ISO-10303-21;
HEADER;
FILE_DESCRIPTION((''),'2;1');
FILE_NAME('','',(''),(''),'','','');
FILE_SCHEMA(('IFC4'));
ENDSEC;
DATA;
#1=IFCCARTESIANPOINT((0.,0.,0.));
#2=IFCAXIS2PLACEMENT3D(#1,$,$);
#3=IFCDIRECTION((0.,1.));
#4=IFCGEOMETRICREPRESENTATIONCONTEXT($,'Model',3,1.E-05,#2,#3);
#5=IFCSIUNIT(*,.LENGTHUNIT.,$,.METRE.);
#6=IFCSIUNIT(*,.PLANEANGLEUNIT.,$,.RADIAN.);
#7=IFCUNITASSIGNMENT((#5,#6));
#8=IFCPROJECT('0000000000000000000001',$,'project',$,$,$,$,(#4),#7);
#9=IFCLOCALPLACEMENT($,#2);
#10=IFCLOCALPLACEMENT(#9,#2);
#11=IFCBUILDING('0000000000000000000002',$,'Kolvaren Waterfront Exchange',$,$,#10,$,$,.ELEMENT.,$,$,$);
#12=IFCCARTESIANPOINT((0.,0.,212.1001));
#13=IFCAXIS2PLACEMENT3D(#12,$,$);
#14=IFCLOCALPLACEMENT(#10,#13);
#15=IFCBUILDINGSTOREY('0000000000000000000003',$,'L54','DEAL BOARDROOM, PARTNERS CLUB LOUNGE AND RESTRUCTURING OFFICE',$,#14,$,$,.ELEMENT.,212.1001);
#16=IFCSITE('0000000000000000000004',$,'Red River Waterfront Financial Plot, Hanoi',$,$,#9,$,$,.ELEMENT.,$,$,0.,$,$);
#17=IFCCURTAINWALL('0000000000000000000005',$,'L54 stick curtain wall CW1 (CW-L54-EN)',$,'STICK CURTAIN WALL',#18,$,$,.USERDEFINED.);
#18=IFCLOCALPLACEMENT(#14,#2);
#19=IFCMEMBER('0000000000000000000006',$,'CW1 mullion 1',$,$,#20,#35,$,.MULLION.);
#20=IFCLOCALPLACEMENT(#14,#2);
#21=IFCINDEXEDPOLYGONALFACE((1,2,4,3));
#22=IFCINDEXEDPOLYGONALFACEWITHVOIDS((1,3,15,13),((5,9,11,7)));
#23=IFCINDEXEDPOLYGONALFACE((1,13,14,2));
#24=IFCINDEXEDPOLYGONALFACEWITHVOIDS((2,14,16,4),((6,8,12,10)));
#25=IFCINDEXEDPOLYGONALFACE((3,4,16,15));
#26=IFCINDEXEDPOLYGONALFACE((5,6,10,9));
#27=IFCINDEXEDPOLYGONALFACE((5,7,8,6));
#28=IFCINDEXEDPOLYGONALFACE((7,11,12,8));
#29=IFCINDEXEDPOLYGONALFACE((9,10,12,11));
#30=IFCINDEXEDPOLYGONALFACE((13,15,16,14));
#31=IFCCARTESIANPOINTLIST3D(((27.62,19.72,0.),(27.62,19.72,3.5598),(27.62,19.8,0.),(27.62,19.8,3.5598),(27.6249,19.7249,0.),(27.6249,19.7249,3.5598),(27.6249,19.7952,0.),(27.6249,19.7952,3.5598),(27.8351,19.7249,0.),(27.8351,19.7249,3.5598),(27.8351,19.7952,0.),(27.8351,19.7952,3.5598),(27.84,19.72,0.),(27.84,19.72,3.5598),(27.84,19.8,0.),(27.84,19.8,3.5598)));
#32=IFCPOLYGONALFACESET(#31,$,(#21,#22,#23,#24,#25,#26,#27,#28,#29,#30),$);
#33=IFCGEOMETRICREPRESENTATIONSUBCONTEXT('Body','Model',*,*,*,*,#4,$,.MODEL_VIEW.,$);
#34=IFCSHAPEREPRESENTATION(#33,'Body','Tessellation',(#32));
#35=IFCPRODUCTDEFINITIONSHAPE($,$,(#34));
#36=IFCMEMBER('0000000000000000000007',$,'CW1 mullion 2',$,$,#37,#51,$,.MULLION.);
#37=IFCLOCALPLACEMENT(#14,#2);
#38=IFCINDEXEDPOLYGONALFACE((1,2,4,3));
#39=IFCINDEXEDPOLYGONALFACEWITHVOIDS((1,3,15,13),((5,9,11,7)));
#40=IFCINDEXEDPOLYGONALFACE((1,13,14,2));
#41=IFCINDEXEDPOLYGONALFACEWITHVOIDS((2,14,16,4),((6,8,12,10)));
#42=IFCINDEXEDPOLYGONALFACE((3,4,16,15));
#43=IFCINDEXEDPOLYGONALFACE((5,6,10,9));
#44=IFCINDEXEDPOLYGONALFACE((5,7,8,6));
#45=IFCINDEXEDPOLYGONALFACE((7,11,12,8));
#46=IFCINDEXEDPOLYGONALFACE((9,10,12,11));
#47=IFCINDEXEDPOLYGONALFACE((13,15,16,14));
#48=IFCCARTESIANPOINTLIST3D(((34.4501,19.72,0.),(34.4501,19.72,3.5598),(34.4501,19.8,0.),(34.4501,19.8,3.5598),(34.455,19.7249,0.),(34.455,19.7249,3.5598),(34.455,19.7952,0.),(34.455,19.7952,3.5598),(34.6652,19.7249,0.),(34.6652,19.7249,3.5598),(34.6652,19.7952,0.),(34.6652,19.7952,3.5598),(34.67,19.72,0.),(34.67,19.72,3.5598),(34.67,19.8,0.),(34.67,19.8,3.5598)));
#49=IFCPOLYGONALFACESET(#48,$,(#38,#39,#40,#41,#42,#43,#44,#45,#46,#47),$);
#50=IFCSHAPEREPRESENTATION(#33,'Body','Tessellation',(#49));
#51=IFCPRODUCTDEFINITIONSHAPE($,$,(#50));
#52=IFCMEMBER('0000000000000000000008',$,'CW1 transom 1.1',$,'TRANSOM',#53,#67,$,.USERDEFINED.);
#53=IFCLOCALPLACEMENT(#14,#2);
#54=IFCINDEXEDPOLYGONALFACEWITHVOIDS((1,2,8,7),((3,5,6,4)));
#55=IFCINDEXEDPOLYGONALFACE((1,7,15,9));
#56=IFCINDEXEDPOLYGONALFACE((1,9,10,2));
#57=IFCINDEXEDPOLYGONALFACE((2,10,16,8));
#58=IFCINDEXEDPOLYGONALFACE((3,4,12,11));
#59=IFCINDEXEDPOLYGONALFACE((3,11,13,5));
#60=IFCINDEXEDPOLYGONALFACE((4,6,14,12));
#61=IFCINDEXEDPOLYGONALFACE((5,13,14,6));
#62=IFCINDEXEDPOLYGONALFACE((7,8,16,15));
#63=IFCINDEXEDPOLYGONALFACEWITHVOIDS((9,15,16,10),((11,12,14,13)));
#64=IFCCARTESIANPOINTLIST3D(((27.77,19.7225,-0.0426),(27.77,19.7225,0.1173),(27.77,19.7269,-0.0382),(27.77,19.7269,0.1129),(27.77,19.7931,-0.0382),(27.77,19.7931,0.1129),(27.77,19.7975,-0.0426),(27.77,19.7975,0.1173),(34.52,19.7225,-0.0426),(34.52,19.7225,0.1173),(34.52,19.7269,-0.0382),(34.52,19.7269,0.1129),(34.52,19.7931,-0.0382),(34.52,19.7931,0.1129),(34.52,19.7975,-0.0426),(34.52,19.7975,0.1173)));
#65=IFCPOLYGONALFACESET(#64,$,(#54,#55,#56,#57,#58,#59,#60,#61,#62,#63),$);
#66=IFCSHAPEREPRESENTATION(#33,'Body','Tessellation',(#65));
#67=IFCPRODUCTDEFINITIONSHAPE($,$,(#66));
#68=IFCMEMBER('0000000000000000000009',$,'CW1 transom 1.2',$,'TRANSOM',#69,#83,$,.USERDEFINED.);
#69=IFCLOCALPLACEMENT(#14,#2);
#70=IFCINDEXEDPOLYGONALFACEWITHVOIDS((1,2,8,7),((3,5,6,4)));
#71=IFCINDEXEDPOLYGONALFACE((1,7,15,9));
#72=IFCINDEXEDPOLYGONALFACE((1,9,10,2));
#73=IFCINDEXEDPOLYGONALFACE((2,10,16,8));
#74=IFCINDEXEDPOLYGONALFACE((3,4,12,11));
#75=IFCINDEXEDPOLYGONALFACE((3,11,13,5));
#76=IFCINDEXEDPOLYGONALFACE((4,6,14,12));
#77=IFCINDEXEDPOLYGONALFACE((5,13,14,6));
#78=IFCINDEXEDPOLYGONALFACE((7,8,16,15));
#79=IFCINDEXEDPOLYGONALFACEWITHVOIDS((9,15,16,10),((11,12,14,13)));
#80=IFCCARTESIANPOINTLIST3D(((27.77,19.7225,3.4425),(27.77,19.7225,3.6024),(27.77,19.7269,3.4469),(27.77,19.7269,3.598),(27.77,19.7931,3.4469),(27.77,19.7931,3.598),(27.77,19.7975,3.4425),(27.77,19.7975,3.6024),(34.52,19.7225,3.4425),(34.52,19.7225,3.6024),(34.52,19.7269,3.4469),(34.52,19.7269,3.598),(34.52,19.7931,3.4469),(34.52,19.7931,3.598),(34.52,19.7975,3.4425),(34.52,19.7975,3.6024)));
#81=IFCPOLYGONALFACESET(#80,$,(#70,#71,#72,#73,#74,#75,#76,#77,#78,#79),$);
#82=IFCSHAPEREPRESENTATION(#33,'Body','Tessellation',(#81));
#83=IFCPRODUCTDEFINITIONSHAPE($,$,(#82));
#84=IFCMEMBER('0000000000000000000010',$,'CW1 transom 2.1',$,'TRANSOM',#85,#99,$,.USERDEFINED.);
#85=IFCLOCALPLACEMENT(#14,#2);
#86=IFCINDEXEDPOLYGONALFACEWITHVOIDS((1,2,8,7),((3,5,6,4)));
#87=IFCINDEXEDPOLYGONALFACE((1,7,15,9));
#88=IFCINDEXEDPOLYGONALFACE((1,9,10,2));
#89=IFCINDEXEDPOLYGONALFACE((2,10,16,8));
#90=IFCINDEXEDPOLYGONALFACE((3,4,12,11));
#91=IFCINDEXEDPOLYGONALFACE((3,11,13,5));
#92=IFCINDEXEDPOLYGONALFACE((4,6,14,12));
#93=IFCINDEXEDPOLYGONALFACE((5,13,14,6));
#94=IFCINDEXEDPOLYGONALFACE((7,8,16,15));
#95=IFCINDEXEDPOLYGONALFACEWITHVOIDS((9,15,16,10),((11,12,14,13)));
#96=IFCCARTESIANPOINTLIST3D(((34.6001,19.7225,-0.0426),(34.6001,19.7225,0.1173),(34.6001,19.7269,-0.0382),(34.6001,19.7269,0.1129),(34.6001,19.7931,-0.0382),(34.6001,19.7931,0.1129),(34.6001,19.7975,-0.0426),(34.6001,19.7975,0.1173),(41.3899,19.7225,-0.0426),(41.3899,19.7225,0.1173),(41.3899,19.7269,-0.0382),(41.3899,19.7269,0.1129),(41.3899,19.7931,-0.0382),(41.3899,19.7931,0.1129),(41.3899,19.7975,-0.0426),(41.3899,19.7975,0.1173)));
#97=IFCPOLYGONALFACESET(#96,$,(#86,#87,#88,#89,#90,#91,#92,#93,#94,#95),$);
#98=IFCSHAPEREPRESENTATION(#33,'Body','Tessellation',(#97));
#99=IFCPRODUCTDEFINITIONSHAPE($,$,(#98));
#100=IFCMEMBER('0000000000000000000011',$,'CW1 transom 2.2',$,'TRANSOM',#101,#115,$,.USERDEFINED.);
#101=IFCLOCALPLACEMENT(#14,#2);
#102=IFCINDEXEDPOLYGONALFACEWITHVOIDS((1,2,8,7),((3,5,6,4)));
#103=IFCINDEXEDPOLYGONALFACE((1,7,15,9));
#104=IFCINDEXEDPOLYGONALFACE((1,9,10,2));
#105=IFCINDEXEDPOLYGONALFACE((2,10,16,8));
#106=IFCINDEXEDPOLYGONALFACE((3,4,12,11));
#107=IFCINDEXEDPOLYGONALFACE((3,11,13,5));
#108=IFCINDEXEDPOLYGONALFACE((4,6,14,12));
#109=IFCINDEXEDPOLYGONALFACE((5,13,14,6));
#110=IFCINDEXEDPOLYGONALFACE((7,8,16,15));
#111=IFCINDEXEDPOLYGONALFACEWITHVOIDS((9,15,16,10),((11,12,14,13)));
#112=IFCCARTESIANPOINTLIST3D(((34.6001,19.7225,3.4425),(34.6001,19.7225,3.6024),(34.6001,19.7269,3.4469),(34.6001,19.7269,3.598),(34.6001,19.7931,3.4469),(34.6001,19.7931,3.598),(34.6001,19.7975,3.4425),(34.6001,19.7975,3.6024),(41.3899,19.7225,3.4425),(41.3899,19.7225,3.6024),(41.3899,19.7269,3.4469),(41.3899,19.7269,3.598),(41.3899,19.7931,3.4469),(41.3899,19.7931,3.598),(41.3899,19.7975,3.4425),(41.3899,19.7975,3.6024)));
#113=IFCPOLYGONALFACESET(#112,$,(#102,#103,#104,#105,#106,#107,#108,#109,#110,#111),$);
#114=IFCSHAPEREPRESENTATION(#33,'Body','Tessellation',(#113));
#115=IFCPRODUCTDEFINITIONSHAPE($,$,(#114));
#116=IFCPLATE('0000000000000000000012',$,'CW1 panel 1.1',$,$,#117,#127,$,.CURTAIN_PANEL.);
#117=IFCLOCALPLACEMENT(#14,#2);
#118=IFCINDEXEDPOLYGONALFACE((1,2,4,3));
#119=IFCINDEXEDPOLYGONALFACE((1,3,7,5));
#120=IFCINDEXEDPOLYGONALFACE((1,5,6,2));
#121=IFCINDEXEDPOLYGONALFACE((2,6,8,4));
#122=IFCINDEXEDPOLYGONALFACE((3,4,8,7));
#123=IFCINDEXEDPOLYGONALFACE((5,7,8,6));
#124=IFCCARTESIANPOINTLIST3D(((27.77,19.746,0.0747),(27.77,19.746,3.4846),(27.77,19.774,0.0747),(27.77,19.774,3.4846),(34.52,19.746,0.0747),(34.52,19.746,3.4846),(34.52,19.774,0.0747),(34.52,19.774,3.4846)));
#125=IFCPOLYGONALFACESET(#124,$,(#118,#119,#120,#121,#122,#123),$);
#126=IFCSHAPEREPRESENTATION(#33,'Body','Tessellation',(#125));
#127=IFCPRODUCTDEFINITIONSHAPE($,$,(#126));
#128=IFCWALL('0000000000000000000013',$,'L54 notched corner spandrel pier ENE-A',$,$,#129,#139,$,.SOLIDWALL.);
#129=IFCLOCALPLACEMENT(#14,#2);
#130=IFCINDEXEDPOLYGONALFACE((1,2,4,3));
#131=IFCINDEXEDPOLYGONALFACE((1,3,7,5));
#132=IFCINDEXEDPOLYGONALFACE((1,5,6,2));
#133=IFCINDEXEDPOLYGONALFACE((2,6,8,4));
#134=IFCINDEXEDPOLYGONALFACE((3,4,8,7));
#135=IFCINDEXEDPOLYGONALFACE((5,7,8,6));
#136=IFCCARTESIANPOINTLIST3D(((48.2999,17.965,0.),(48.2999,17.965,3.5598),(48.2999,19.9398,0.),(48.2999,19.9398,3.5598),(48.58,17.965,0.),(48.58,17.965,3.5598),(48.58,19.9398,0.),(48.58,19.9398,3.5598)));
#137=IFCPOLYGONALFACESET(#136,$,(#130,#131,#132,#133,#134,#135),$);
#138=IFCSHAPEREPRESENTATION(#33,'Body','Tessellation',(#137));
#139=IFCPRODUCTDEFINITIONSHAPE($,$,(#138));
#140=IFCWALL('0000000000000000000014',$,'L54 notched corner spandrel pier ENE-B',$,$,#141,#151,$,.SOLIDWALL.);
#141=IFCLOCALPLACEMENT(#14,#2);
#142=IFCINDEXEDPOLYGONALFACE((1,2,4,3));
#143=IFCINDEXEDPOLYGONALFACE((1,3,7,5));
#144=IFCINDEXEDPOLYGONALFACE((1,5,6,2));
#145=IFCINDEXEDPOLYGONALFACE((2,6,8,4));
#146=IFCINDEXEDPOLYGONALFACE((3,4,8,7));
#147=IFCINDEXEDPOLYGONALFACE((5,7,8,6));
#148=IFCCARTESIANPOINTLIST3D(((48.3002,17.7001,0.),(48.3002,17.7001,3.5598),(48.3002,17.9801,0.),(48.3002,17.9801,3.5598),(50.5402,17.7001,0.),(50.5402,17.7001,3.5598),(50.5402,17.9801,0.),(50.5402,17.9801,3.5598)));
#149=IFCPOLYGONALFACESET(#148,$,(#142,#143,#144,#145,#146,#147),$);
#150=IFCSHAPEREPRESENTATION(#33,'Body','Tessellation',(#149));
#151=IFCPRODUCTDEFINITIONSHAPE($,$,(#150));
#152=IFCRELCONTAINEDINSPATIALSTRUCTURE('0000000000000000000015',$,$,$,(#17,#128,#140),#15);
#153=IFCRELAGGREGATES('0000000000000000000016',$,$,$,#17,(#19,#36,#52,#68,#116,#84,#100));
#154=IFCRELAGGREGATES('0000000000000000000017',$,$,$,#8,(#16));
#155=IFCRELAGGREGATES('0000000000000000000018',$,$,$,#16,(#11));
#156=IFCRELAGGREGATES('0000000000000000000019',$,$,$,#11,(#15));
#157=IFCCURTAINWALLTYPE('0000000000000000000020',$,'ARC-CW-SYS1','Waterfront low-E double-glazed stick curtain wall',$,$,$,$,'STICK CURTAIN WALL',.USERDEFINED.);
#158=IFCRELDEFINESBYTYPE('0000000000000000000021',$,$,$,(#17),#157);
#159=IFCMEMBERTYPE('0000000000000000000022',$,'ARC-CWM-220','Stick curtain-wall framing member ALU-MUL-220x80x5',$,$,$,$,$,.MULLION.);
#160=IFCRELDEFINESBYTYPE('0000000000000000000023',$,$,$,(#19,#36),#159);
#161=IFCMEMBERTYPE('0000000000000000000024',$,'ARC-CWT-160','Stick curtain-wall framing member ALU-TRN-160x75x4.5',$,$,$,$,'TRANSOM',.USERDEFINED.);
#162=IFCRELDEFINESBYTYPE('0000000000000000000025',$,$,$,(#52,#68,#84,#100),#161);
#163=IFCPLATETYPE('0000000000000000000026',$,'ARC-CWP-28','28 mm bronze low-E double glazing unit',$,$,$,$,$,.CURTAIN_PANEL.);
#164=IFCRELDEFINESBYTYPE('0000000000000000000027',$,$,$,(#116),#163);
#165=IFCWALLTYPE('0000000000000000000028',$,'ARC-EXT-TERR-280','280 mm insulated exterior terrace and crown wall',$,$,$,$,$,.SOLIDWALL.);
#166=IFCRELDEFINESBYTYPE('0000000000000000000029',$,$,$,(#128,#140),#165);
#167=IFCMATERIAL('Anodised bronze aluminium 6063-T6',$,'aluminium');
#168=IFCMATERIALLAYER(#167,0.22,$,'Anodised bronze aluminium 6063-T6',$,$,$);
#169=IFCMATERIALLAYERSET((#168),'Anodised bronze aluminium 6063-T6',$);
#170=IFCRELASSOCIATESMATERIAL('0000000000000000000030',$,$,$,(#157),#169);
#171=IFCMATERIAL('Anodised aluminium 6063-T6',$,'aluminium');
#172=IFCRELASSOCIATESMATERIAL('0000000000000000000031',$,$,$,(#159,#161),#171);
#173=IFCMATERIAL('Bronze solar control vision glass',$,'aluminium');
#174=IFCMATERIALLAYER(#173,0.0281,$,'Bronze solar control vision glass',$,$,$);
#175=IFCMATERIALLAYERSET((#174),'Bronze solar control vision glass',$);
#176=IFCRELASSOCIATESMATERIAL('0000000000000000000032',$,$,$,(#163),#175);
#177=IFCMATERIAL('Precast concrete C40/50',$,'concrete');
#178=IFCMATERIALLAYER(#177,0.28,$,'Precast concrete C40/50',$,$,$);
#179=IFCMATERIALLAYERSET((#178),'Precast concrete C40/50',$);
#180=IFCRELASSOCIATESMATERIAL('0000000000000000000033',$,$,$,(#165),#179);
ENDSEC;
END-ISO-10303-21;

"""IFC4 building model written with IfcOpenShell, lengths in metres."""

from ifc_helpers import new_model, si_unit, direction, frame, frame_2d, origin, origin_with_axes, origin_2d, place, context, subcontext, project, spatial, rectangle, hollow_rectangle, extrude, source, transform, mapped, material, layer, layer_set, material_profile, profile_set, type_object, element, aggregate, save


model = new_model("IFC4")

# Units and contexts
model_context = context("Model", 3, precision=1e-05, world=origin(), true_north=direction((0.0, 1.0)))
body_context = subcontext(model_context, "Body", "Model", "MODEL_VIEW")
ifc_project = project(units=[si_unit("LENGTHUNIT", "METRE"), si_unit("PLANEANGLEUNIT", "RADIAN")], contexts=[model_context])

# Site, building, storey
site_placement = place(None, origin())
site = spatial("IfcSite", under=ifc_project, at=site_placement, Name="Red River Waterfront Financial Plot, Hanoi", CompositionType="ELEMENT", RefElevation=0.0)
building_placement = place(site_placement, origin())
building = spatial("IfcBuilding", under=site, at=building_placement, Name="Kolvaren Waterfront Exchange", CompositionType="ELEMENT")
storey_placement = place(building_placement, frame((0.0, 0.0, 212.1001)))
storey = spatial("IfcBuildingStorey", under=building, at=storey_placement, Name="L54", Description="DEAL BOARDROOM, PARTNERS CLUB LOUNGE AND RESTRUCTURING OFFICE", CompositionType="ELEMENT", Elevation=212.1001)

# Curtain wall, members, plate
ifc_material_1 = material(Name="Anodised bronze aluminium 6063-T6", Category="aluminium")
ifc_layer_1 = layer(ifc_material_1, 0.22, Name="Anodised bronze aluminium 6063-T6")
ifc_layer_set_1 = layer_set([ifc_layer_1], Name="Anodised bronze aluminium 6063-T6")
curtain_wall_type = type_object("IfcCurtainWallType", Name="ARC-CW-SYS1", Description="Waterfront low-E double-glazed stick curtain wall", ElementType="STICK CURTAIN WALL", PredefinedType="USERDEFINED", material=ifc_layer_set_1)
curtain_wall_placement = place(storey_placement, origin())
curtain_wall = element("IfcCurtainWall", 1, at=curtain_wall_placement, inside=storey, type_object=curtain_wall_type, Name="L54 stick curtain wall CW1 (CW-L54-EN)", ObjectType="STICK CURTAIN WALL", PredefinedType="USERDEFINED")
ifc_material_2 = material(Name="Anodised aluminium 6063-T6", Category="aluminium")
ifc_material_profile_1 = material_profile(ifc_material_2, hollow_rectangle(XDim=0.0801, YDim=0.22, WallThickness=0.0049, at=origin_2d()), Name="ALU-MUL-220x80x5")
ifc_profile_set_1 = profile_set([ifc_material_profile_1], Name="Anodised aluminium 6063-T6")
member_type_1 = type_object("IfcMemberType", Name="ARC-CWM-220", Description="Stick curtain-wall framing member ALU-MUL-220x80x5", PredefinedType="MULLION", material=ifc_profile_set_1)
shared_shape_1 = source(origin_with_axes(), body_context, "Body", "SweptSolid", [
    extrude(hollow_rectangle(XDim=0.0801, YDim=0.22, WallThickness=0.0049, at=origin_2d()), origin(), (0.0, 0.0, 1.0), 3.5598),
])
member_1_placement = place(storey_placement, frame((27.73, 19.76, 0.0), z_axis=(0.0, 0.0, 1.0), x_axis=(0.0, 1.0, 0.0)))
member_1 = element("IfcMember", 2, at=member_1_placement, type_object=member_type_1, Name="CW1 mullion 1", PredefinedType="MULLION", context=body_context, shape_type="MappedRepresentation", body=[
    mapped(shared_shape_1, transform((0.0, 0.0, 0.0), x_axis=(1.0, 0.0, 0.0), y_axis=(0.0, 1.0, 0.0), z_axis=(0.0, 0.0, 1.0), scale=1.0)),
])
member_2_placement = place(storey_placement, frame((34.5601, 19.76, 0.0), z_axis=(0.0, 0.0, 1.0), x_axis=(0.0, 1.0, 0.0)))
member_2 = element("IfcMember", 3, at=member_2_placement, type_object=member_type_1, Name="CW1 mullion 2", PredefinedType="MULLION", context=body_context, shape_type="MappedRepresentation", body=[
    mapped(shared_shape_1, transform((0.0, 0.0, 0.0), x_axis=(1.0, 0.0, 0.0), y_axis=(0.0, 1.0, 0.0), z_axis=(0.0, 0.0, 1.0), scale=1.0)),
])
ifc_material_profile_2 = material_profile(ifc_material_2, hollow_rectangle(XDim=0.075, YDim=0.1599, WallThickness=0.0044, at=origin_2d()), Name="ALU-TRN-160x75x4.5")
ifc_profile_set_2 = profile_set([ifc_material_profile_2], Name="Anodised aluminium 6063-T6")
member_type_2 = type_object("IfcMemberType", Name="ARC-CWT-160", Description="Stick curtain-wall framing member ALU-TRN-160x75x4.5", ElementType="TRANSOM", PredefinedType="USERDEFINED", material=ifc_profile_set_2)
shared_shape_2 = source(origin_with_axes(), body_context, "Body", "SweptSolid", [
    extrude(hollow_rectangle(XDim=0.075, YDim=0.1599, WallThickness=0.0044, at=origin_2d()), origin(), (0.0, 0.0, 1.0), 6.75),
])
member_3_placement = place(storey_placement, frame((27.77, 19.76, 0.0374), z_axis=(1.0, 0.0, 0.0), x_axis=(0.0, 1.0, 0.0)))
member_3 = element("IfcMember", 4, at=member_3_placement, type_object=member_type_2, Name="CW1 transom 1.1", ObjectType="TRANSOM", PredefinedType="USERDEFINED", context=body_context, shape_type="MappedRepresentation", body=[
    mapped(shared_shape_2, transform((0.0, 0.0, 0.0), x_axis=(1.0, 0.0, 0.0), y_axis=(0.0, 1.0, 0.0), z_axis=(0.0, 0.0, 1.0), scale=1.0)),
])
member_4_placement = place(storey_placement, frame((27.77, 19.76, 3.5225), z_axis=(1.0, 0.0, 0.0), x_axis=(0.0, 1.0, 0.0)))
member_4 = element("IfcMember", 5, at=member_4_placement, type_object=member_type_2, Name="CW1 transom 1.2", ObjectType="TRANSOM", PredefinedType="USERDEFINED", context=body_context, shape_type="MappedRepresentation", body=[
    mapped(shared_shape_2, transform((0.0, 0.0, 0.0), x_axis=(1.0, 0.0, 0.0), y_axis=(0.0, 1.0, 0.0), z_axis=(0.0, 0.0, 1.0), scale=1.0)),
])
shared_shape_3 = source(origin_with_axes(), body_context, "Body", "SweptSolid", [
    extrude(hollow_rectangle(XDim=0.075, YDim=0.1599, WallThickness=0.0044, at=origin_2d()), origin(), (0.0, 0.0, 1.0), 6.7898),
])
member_5_placement = place(storey_placement, frame((34.6001, 19.76, 0.0374), z_axis=(1.0, 0.0, 0.0), x_axis=(0.0, 1.0, 0.0)))
member_5 = element("IfcMember", 6, at=member_5_placement, type_object=member_type_2, Name="CW1 transom 2.1", ObjectType="TRANSOM", PredefinedType="USERDEFINED", context=body_context, shape_type="MappedRepresentation", body=[
    mapped(shared_shape_3, transform((0.0, 0.0, 0.0), x_axis=(1.0, 0.0, 0.0), y_axis=(0.0, 1.0, 0.0), z_axis=(0.0, 0.0, 1.0), scale=1.0)),
])
member_6_placement = place(storey_placement, frame((34.6001, 19.76, 3.5225), z_axis=(1.0, 0.0, 0.0), x_axis=(0.0, 1.0, 0.0)))
member_6 = element("IfcMember", 7, at=member_6_placement, type_object=member_type_2, Name="CW1 transom 2.2", ObjectType="TRANSOM", PredefinedType="USERDEFINED", context=body_context, shape_type="MappedRepresentation", body=[
    mapped(shared_shape_3, transform((0.0, 0.0, 0.0), x_axis=(1.0, 0.0, 0.0), y_axis=(0.0, 1.0, 0.0), z_axis=(0.0, 0.0, 1.0), scale=1.0)),
])
ifc_material_3 = material(Name="Bronze solar control vision glass", Category="aluminium")
ifc_layer_2 = layer(ifc_material_3, 0.0281, Name="Bronze solar control vision glass")
ifc_layer_set_2 = layer_set([ifc_layer_2], Name="Bronze solar control vision glass")
plate_type = type_object("IfcPlateType", Name="ARC-CWP-28", Description="28 mm bronze low-E double glazing unit", PredefinedType="CURTAIN_PANEL", material=ifc_layer_set_2)
shared_shape_4 = source(origin_with_axes(), body_context, "Body", "SweptSolid", [
    extrude(rectangle(XDim=6.75, YDim=0.0281, at=origin_2d()), origin(), (0.0, 0.0, 1.0), 3.4099),
])
plate_placement = place(storey_placement, frame((31.145, 19.76, 0.0747), z_axis=(0.0, 0.0, 1.0), x_axis=(1.0, 0.0, 0.0)))
plate = element("IfcPlate", 8, at=plate_placement, type_object=plate_type, Name="CW1 panel 1.1", PredefinedType="CURTAIN_PANEL", context=body_context, shape_type="MappedRepresentation", body=[
    mapped(shared_shape_4, transform((0.0, 0.0, 0.0), x_axis=(1.0, 0.0, 0.0), y_axis=(0.0, 1.0, 0.0), z_axis=(0.0, 0.0, 1.0), scale=1.0)),
])
aggregate(curtain_wall, [member_1, member_2, member_3, member_4, plate, member_5, member_6])

# Walls
ifc_material_4 = material(Name="Precast concrete C40/50", Category="concrete")
ifc_layer_3 = layer(ifc_material_4, 0.28, Name="Precast concrete C40/50")
ifc_layer_set_3 = layer_set([ifc_layer_3], Name="Precast concrete C40/50")
wall_type_1 = type_object("IfcWallType", Name="ARC-EXT-TERR-280", Description="280 mm insulated exterior terrace and crown wall", PredefinedType="SOLIDWALL", material=ifc_layer_set_3)
wall_1_placement = place(storey_placement, frame((48.4399, 17.9651, 0.0), z_axis=(0.0, 0.0, 1.0), x_axis=(0.0, 1.0, 0.0)))
element("IfcWall", 9, at=wall_1_placement, inside=storey, type_object=wall_type_1, Name="L54 notched corner spandrel pier ENE-A", PredefinedType="SOLIDWALL", context=body_context, shape_type="SweptSolid", body=[
    extrude(rectangle(XDim=1.9749, YDim=0.28, at=frame_2d((0.9873, 0.0))), origin(), (0.0, 0.0, 1.0), 3.5598),
])
wall_2_placement = place(storey_placement, frame((48.3, 17.8401, 0.0), z_axis=(0.0, 0.0, 1.0), x_axis=(1.0, 0.0, 0.0)))
element("IfcWall", 10, at=wall_2_placement, inside=storey, type_object=wall_type_1, Name="L54 notched corner spandrel pier ENE-B", PredefinedType="SOLIDWALL", context=body_context, shape_type="SweptSolid", body=[
    extrude(rectangle(XDim=2.24, YDim=0.28, at=frame_2d((1.1201, 0.0))), origin(), (0.0, 0.0, 1.0), 3.5598),
])

save(model, "model.ifc")
